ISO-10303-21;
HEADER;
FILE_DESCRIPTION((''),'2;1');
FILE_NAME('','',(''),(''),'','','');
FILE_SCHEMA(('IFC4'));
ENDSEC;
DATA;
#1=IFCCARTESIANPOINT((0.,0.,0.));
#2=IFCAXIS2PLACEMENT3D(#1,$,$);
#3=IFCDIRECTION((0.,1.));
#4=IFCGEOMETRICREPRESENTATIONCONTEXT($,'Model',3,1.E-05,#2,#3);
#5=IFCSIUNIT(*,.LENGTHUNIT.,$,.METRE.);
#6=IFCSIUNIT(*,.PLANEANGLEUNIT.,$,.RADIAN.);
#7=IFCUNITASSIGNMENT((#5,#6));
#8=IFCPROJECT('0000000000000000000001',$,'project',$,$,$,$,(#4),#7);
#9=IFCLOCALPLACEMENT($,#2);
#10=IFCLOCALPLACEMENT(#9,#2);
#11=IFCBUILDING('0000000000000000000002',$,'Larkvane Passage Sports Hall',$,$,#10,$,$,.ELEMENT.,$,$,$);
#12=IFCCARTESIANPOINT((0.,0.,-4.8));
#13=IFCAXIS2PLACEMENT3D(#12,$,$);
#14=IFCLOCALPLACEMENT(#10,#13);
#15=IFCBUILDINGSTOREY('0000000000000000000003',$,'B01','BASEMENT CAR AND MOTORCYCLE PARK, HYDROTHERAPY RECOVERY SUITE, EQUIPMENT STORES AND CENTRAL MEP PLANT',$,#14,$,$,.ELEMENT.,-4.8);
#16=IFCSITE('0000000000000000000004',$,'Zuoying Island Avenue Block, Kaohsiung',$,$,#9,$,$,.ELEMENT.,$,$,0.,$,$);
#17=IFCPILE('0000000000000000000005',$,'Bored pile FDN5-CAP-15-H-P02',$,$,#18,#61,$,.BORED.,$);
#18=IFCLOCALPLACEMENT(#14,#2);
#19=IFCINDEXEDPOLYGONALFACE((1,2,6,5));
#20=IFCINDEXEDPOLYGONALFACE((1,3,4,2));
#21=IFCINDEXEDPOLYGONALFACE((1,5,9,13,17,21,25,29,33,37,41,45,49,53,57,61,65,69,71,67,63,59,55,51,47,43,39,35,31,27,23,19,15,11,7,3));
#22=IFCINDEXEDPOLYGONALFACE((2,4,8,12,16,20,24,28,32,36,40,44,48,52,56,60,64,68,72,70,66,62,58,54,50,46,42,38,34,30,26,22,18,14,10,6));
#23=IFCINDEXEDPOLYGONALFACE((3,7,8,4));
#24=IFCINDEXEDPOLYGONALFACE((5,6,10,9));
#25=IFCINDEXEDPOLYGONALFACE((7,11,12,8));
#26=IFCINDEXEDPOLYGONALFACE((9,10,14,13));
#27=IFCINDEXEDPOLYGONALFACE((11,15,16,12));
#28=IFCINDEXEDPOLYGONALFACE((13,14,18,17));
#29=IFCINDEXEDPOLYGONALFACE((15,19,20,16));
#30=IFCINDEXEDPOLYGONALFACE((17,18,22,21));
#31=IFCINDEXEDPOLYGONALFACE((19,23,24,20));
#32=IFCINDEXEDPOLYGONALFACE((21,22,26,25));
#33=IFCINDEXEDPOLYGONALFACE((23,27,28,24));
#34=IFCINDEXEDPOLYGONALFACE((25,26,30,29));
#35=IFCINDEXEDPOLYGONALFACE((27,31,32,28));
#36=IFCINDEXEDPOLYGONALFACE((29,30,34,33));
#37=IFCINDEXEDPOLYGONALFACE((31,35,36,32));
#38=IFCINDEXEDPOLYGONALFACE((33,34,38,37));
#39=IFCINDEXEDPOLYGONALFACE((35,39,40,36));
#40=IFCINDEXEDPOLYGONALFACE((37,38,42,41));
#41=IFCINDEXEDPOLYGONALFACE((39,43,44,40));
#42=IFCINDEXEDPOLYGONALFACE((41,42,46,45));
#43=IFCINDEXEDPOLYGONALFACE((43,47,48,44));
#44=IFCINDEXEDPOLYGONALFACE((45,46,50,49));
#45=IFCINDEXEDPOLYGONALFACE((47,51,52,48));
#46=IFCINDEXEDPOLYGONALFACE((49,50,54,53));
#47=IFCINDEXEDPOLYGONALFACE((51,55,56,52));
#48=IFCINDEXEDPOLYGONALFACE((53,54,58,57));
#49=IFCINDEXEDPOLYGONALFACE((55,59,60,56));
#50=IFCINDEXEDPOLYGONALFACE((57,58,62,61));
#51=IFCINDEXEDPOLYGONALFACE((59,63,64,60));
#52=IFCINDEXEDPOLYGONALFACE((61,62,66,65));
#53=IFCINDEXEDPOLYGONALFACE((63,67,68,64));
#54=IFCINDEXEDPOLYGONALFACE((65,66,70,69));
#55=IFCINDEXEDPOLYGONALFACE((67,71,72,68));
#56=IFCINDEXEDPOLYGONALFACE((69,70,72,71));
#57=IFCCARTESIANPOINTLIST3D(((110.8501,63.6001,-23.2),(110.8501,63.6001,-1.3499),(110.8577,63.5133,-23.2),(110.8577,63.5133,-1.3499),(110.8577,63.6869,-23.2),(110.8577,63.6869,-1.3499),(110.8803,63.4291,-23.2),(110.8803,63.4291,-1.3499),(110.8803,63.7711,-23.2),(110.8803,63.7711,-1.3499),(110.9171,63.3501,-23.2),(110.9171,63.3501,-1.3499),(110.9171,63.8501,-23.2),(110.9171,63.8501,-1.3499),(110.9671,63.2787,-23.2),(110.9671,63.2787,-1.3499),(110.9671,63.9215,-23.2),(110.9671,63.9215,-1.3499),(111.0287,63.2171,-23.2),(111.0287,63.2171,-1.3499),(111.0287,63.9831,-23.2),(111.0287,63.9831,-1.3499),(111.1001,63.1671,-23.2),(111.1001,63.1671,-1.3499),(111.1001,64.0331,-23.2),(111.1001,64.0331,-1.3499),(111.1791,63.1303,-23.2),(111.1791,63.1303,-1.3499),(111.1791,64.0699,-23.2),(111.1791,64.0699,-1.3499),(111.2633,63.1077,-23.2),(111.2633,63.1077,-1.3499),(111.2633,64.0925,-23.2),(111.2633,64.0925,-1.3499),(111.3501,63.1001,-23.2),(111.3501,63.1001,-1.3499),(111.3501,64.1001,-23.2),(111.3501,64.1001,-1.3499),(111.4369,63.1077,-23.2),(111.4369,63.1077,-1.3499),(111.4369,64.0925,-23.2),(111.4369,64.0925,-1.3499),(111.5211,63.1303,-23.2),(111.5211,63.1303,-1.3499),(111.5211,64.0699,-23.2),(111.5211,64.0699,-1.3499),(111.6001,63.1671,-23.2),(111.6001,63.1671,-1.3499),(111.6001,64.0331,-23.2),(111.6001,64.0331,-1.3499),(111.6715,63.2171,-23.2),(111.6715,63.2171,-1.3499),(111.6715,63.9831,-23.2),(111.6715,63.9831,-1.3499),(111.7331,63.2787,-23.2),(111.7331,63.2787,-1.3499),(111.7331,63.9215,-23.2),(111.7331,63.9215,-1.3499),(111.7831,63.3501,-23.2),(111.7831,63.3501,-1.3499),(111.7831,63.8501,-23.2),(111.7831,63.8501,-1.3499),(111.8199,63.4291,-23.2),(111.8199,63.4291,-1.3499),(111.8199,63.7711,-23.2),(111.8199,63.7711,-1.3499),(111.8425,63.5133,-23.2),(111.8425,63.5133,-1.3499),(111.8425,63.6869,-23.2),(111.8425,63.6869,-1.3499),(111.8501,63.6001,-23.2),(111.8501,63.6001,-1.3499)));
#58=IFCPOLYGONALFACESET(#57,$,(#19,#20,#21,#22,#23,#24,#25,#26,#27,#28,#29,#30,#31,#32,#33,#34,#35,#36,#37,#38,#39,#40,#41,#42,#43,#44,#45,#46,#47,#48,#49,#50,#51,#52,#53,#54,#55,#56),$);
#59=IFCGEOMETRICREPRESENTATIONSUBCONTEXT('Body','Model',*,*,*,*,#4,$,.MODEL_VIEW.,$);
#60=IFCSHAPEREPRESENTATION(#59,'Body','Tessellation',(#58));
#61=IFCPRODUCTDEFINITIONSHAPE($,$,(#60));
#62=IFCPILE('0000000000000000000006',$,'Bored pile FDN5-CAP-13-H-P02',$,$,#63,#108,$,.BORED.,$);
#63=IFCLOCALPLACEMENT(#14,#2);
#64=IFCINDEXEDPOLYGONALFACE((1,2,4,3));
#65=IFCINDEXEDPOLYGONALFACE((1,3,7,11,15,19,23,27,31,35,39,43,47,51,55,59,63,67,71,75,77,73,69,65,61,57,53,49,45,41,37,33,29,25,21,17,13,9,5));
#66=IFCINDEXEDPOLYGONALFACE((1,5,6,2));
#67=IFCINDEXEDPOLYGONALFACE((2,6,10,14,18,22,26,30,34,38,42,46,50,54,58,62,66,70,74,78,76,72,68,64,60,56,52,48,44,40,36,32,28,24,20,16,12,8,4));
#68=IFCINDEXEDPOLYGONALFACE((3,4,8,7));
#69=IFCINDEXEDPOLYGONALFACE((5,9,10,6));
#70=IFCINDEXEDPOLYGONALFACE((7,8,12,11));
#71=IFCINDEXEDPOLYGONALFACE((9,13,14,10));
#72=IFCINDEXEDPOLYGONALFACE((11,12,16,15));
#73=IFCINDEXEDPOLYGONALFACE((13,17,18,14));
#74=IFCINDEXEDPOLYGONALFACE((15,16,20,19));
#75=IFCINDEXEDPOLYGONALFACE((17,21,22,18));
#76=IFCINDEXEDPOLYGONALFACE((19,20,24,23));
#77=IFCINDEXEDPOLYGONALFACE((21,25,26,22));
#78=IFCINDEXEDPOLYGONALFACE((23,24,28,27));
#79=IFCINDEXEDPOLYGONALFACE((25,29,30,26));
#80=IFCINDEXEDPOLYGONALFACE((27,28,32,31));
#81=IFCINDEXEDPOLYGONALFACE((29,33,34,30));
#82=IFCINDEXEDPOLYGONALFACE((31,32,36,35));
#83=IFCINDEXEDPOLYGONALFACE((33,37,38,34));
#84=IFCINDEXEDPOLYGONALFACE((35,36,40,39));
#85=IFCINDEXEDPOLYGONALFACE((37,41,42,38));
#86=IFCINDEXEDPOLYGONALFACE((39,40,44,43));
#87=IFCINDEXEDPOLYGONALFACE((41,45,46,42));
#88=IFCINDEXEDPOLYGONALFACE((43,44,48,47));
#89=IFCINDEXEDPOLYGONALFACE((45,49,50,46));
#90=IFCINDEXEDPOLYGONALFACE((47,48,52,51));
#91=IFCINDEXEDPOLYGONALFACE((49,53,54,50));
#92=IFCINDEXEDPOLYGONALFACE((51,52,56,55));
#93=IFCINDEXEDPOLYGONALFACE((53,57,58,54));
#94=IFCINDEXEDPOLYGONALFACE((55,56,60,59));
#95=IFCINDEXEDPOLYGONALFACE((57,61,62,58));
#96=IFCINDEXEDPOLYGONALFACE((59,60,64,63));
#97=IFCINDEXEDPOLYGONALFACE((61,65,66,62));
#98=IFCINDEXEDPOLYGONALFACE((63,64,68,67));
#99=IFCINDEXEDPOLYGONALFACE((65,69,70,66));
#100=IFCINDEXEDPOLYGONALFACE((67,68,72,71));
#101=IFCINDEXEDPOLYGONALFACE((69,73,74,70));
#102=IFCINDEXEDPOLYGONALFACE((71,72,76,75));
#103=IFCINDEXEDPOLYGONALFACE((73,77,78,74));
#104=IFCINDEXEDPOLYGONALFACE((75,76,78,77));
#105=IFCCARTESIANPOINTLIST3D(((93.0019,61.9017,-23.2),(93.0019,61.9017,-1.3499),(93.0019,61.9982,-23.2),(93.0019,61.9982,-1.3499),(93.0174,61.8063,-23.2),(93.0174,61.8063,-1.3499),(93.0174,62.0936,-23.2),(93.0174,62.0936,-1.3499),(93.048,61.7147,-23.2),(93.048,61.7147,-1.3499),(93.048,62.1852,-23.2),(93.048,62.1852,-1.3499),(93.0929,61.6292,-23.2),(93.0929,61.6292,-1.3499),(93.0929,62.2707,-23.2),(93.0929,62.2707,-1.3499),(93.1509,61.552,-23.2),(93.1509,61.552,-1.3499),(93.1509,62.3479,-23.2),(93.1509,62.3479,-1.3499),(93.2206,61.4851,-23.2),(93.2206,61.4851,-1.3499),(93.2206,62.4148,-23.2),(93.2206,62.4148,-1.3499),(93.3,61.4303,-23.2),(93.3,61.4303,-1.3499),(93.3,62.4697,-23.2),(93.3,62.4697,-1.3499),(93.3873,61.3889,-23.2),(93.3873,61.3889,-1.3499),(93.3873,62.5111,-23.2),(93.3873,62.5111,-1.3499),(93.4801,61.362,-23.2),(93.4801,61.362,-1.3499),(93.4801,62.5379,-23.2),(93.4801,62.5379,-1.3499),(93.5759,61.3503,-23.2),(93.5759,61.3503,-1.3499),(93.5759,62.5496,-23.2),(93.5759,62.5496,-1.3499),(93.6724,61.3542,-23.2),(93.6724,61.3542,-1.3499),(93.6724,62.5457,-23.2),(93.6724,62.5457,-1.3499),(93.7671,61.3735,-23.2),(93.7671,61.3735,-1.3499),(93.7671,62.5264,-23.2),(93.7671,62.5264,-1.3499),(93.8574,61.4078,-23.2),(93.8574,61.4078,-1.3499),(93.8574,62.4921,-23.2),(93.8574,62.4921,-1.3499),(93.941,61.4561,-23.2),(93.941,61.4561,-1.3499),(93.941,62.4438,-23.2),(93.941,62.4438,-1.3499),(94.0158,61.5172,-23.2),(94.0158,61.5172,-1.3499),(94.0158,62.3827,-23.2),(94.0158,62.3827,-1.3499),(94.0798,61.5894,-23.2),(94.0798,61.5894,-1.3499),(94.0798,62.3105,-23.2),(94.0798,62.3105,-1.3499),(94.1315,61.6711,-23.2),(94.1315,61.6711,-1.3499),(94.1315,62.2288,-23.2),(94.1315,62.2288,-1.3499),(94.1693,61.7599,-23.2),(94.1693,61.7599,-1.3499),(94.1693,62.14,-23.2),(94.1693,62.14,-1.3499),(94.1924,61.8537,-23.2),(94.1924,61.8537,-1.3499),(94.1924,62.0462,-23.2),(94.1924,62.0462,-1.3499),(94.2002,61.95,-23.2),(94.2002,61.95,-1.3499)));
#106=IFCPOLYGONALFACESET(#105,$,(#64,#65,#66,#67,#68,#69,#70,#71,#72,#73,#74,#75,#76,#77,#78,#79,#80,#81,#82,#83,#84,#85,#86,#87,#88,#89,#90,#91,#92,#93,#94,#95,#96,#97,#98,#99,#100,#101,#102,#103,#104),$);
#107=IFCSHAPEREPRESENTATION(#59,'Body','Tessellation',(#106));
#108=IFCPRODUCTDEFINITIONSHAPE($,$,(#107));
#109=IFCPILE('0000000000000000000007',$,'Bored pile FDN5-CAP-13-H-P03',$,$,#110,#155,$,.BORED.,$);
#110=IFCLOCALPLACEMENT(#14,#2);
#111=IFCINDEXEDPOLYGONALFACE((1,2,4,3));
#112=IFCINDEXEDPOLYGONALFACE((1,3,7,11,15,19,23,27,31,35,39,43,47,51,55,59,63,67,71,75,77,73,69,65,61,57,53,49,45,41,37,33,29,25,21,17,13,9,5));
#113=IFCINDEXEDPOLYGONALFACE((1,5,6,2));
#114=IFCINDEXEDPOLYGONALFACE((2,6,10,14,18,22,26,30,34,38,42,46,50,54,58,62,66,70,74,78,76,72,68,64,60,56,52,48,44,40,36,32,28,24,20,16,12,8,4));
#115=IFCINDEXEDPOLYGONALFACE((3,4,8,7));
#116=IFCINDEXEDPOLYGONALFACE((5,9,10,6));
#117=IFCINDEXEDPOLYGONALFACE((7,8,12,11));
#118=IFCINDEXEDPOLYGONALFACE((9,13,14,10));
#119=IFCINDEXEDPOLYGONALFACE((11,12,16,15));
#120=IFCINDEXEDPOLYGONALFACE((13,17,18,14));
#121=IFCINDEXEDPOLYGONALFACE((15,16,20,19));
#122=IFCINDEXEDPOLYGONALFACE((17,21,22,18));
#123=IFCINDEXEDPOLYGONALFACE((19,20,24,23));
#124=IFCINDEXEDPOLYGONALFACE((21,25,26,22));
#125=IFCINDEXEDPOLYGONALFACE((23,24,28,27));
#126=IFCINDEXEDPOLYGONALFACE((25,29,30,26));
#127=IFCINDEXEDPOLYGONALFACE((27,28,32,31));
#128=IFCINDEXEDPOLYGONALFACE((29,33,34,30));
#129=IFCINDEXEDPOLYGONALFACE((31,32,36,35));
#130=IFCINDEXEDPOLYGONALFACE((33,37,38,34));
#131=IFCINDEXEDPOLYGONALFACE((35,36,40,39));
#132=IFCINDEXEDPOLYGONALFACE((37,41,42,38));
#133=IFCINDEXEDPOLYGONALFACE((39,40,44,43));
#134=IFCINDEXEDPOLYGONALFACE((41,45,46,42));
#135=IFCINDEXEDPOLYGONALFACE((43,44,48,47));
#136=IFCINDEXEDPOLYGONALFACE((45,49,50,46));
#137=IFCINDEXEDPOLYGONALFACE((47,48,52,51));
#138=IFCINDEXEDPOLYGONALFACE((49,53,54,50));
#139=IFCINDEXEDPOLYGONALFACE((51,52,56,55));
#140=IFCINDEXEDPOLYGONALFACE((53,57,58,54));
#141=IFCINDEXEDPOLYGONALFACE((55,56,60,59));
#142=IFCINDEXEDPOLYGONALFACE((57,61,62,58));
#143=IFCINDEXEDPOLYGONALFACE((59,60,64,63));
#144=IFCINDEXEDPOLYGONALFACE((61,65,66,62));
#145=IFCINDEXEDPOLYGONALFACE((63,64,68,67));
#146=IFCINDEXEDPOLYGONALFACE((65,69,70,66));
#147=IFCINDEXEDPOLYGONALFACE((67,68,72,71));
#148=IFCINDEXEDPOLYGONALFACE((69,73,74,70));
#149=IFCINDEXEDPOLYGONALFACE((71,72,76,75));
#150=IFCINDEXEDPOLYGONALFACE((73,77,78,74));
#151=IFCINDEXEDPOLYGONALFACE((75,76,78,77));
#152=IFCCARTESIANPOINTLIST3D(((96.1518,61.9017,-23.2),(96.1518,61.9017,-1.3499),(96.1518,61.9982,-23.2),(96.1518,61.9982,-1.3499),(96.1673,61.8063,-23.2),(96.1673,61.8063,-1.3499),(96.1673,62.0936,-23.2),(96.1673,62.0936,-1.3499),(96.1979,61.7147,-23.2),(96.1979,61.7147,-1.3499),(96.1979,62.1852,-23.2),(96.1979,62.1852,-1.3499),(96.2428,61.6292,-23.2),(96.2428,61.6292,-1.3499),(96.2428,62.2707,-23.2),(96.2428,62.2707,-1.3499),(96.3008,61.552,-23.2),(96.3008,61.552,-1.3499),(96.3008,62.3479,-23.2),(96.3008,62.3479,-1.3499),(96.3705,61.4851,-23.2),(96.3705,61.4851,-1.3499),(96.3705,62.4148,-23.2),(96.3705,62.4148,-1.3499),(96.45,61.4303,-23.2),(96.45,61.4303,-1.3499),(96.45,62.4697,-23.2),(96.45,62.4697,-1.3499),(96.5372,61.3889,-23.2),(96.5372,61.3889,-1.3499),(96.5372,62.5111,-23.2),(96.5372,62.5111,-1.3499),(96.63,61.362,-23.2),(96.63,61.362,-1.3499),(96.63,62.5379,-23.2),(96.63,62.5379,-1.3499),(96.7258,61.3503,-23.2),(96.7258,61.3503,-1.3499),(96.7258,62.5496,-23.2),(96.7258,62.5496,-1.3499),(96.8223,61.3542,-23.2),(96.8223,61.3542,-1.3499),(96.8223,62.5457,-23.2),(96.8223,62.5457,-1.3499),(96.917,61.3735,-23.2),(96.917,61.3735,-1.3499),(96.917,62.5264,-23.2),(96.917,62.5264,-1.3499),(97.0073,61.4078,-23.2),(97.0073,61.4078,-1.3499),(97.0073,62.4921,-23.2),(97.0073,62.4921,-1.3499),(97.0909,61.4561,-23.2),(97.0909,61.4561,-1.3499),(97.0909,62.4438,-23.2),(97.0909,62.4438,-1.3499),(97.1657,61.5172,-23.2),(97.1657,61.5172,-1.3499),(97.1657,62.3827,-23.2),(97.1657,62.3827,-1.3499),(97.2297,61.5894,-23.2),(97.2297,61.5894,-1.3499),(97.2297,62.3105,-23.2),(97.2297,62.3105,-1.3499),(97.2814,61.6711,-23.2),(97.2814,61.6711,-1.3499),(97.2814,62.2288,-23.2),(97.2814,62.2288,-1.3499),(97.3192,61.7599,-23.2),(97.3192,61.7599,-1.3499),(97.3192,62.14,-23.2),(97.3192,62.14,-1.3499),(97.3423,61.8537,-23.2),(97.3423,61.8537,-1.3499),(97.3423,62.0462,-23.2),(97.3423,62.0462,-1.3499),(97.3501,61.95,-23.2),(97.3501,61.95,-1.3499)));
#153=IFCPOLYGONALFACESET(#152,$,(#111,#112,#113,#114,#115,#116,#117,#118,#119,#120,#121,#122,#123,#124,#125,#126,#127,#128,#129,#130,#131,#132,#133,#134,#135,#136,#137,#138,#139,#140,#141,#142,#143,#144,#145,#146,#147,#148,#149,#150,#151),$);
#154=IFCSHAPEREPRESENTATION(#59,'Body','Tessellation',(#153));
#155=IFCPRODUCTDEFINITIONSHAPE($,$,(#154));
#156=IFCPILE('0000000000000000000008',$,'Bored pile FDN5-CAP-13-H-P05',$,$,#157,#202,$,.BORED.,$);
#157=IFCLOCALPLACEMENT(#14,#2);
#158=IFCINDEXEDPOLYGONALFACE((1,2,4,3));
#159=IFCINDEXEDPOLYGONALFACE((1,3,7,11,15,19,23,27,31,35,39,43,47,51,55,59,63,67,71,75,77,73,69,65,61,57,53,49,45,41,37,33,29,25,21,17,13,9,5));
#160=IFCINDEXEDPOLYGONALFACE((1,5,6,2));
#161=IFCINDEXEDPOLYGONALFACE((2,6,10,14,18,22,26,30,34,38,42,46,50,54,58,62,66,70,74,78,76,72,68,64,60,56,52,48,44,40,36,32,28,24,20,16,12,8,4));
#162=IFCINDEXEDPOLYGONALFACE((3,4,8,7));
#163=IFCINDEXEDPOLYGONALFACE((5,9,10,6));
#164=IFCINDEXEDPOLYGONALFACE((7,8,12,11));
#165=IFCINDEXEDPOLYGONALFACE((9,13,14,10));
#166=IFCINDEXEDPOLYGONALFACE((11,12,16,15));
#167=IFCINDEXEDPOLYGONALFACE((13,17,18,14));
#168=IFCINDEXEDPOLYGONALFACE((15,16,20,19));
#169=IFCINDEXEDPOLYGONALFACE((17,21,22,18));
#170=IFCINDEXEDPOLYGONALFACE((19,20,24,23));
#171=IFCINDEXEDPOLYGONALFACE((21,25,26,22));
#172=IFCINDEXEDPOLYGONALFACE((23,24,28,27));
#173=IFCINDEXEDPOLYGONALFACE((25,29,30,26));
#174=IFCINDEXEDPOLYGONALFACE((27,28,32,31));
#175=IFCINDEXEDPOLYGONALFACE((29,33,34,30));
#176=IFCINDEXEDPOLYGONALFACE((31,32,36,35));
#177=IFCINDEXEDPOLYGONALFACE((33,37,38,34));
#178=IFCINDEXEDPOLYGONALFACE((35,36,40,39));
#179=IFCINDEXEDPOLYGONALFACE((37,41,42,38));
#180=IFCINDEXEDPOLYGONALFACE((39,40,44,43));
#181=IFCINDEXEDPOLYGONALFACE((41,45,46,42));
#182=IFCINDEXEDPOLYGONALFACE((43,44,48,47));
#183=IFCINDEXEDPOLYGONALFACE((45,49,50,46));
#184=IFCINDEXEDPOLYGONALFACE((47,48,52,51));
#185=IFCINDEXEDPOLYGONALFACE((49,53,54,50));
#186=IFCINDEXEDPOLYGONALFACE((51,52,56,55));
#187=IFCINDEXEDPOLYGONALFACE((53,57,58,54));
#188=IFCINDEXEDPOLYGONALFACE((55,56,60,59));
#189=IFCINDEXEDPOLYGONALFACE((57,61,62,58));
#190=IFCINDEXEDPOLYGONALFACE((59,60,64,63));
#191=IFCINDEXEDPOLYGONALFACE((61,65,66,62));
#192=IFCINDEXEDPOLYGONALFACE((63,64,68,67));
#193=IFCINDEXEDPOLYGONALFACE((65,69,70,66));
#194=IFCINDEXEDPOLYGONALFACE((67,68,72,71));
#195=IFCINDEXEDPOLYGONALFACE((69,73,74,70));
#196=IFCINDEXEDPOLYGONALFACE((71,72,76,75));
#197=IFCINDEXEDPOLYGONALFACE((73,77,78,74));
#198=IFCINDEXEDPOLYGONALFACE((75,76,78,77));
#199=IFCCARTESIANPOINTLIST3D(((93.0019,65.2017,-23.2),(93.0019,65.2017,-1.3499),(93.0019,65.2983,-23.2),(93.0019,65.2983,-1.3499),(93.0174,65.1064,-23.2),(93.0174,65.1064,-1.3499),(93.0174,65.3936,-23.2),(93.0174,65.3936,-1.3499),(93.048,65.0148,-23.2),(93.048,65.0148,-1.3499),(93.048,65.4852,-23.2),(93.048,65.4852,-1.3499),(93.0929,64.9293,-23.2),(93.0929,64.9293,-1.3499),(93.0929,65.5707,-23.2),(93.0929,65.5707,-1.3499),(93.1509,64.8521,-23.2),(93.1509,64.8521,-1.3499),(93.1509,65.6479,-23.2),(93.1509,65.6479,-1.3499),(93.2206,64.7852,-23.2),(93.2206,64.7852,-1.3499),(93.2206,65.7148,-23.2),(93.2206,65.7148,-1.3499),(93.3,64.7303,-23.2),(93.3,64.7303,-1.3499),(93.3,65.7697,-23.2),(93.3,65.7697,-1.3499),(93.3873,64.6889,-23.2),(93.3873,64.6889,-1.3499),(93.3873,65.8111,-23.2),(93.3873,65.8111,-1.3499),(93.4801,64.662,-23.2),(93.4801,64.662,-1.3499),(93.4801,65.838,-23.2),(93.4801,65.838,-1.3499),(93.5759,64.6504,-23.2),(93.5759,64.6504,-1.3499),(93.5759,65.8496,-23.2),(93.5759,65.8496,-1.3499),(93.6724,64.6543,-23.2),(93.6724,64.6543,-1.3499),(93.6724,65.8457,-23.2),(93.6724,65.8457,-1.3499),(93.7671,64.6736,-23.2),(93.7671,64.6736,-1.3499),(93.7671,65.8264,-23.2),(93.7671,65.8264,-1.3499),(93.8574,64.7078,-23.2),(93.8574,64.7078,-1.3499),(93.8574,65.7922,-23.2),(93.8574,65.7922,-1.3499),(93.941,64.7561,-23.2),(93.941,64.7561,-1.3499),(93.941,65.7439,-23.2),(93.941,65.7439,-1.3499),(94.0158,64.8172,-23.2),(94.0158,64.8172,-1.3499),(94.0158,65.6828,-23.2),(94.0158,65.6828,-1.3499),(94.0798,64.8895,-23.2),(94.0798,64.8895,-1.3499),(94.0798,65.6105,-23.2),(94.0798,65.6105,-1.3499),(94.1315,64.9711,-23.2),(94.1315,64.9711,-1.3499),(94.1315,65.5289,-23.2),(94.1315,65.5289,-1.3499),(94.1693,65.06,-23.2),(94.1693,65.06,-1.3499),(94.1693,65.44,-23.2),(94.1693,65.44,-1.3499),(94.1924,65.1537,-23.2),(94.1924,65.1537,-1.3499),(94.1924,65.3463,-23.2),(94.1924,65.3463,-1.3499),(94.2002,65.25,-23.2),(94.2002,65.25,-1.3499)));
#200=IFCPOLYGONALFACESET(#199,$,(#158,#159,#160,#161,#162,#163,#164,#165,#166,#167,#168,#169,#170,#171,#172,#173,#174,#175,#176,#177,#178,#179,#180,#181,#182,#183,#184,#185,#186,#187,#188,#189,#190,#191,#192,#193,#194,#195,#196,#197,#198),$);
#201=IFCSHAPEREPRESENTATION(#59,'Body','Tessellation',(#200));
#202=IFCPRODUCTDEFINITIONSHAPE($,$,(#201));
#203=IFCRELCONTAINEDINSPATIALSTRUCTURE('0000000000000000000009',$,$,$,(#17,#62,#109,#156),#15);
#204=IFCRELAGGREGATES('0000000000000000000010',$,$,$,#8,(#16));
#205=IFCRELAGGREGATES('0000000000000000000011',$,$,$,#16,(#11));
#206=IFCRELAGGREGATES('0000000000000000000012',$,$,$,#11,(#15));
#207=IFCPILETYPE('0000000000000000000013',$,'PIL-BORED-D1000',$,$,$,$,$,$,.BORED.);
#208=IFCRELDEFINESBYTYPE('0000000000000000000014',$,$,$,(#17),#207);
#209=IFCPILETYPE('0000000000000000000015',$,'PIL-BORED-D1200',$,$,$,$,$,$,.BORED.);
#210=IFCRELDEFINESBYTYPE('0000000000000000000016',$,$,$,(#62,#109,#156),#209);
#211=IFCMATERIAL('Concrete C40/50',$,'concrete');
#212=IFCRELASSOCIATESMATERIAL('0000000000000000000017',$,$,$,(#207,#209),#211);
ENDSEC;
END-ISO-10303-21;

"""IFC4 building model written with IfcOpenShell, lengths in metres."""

from ifc_helpers import new_model, si_unit, direction, frame, origin, origin_2d, place, context, subcontext, project, spatial, circle, extrude, material, material_profile, profile_set, type_object, element, save


model = new_model("IFC4")

# Units and contexts
model_context = context("Model", 3, precision=1e-05, world=origin(), true_north=direction((0.0, 1.0)))
body_context = subcontext(model_context, "Body", "Model", "MODEL_VIEW")
ifc_project = project(units=[si_unit("LENGTHUNIT", "METRE"), si_unit("PLANEANGLEUNIT", "RADIAN")], contexts=[model_context])

# Site, building, storey
site_placement = place(None, origin())
site = spatial("IfcSite", under=ifc_project, at=site_placement, Name="Zuoying Island Avenue Block, Kaohsiung", CompositionType="ELEMENT", RefElevation=0.0)
building_placement = place(site_placement, origin())
building = spatial("IfcBuilding", under=site, at=building_placement, Name="Larkvane Passage Sports Hall", CompositionType="ELEMENT")
storey_placement = place(building_placement, frame((0.0, 0.0, -4.8)))
storey = spatial("IfcBuildingStorey", under=building, at=storey_placement, Name="B01", Description="BASEMENT CAR AND MOTORCYCLE PARK, HYDROTHERAPY RECOVERY SUITE, EQUIPMENT STORES AND CENTRAL MEP PLANT", CompositionType="ELEMENT", Elevation=-4.8)

# Shared definitions
ifc_material_1 = material(Name="Concrete C40/50", Category="concrete")

# Piles
ifc_material_profile_1 = material_profile(ifc_material_1, circle(Radius=0.5, at=origin_2d()), Name="PILE-D1000")
ifc_profile_set_1 = profile_set([ifc_material_profile_1], Name="Concrete C40/50")
pile_type_1 = type_object("IfcPileType", Name="PIL-BORED-D1000", PredefinedType="BORED", material=ifc_profile_set_1)
for number, where, z_axis, x_axis, name in (
    (1, (111.3501, 63.6001, -1.3499), (0.0, 0.0, -1.0), (1.0, 0.0, 0.0), "Bored pile FDN5-CAP-15-H-P02"),
):
    element("IfcPile", number, at=place(storey_placement, frame(where, z_axis=z_axis, x_axis=x_axis)), inside=storey, type_object=pile_type_1, Name=name, PredefinedType="BORED", context=body_context, shape_type="SweptSolid", body=[
        extrude(circle(Radius=0.5, at=origin_2d()), origin(), (0.0, 0.0, 1.0), 21.8501),
    ])
ifc_material_profile_2 = material_profile(ifc_material_1, circle(Radius=0.6001, at=origin_2d()), Name="PILE-D1200")
ifc_profile_set_2 = profile_set([ifc_material_profile_2], Name="Concrete C40/50")
pile_type_2 = type_object("IfcPileType", Name="PIL-BORED-D1200", PredefinedType="BORED", material=ifc_profile_set_2)
for number, where, z_axis, x_axis, name in (
    (2, (93.6001, 61.95, -1.3499), (0.0, 0.0, -1.0), (1.0, 0.0, 0.0), "Bored pile FDN5-CAP-13-H-P02"),
    (3, (96.75, 61.95, -1.3499), (0.0, 0.0, -1.0), (1.0, 0.0, 0.0), "Bored pile FDN5-CAP-13-H-P03"),
    (4, (93.6001, 65.25, -1.3499), (0.0, 0.0, -1.0), (1.0, 0.0, 0.0), "Bored pile FDN5-CAP-13-H-P05"),
):
    element("IfcPile", number, at=place(storey_placement, frame(where, z_axis=z_axis, x_axis=x_axis)), inside=storey, type_object=pile_type_2, Name=name, PredefinedType="BORED", context=body_context, shape_type="SweptSolid", body=[
        extrude(circle(Radius=0.6001, at=origin_2d()), origin(), (0.0, 0.0, 1.0), 21.8501),
    ])

save(model, "model.ifc")
